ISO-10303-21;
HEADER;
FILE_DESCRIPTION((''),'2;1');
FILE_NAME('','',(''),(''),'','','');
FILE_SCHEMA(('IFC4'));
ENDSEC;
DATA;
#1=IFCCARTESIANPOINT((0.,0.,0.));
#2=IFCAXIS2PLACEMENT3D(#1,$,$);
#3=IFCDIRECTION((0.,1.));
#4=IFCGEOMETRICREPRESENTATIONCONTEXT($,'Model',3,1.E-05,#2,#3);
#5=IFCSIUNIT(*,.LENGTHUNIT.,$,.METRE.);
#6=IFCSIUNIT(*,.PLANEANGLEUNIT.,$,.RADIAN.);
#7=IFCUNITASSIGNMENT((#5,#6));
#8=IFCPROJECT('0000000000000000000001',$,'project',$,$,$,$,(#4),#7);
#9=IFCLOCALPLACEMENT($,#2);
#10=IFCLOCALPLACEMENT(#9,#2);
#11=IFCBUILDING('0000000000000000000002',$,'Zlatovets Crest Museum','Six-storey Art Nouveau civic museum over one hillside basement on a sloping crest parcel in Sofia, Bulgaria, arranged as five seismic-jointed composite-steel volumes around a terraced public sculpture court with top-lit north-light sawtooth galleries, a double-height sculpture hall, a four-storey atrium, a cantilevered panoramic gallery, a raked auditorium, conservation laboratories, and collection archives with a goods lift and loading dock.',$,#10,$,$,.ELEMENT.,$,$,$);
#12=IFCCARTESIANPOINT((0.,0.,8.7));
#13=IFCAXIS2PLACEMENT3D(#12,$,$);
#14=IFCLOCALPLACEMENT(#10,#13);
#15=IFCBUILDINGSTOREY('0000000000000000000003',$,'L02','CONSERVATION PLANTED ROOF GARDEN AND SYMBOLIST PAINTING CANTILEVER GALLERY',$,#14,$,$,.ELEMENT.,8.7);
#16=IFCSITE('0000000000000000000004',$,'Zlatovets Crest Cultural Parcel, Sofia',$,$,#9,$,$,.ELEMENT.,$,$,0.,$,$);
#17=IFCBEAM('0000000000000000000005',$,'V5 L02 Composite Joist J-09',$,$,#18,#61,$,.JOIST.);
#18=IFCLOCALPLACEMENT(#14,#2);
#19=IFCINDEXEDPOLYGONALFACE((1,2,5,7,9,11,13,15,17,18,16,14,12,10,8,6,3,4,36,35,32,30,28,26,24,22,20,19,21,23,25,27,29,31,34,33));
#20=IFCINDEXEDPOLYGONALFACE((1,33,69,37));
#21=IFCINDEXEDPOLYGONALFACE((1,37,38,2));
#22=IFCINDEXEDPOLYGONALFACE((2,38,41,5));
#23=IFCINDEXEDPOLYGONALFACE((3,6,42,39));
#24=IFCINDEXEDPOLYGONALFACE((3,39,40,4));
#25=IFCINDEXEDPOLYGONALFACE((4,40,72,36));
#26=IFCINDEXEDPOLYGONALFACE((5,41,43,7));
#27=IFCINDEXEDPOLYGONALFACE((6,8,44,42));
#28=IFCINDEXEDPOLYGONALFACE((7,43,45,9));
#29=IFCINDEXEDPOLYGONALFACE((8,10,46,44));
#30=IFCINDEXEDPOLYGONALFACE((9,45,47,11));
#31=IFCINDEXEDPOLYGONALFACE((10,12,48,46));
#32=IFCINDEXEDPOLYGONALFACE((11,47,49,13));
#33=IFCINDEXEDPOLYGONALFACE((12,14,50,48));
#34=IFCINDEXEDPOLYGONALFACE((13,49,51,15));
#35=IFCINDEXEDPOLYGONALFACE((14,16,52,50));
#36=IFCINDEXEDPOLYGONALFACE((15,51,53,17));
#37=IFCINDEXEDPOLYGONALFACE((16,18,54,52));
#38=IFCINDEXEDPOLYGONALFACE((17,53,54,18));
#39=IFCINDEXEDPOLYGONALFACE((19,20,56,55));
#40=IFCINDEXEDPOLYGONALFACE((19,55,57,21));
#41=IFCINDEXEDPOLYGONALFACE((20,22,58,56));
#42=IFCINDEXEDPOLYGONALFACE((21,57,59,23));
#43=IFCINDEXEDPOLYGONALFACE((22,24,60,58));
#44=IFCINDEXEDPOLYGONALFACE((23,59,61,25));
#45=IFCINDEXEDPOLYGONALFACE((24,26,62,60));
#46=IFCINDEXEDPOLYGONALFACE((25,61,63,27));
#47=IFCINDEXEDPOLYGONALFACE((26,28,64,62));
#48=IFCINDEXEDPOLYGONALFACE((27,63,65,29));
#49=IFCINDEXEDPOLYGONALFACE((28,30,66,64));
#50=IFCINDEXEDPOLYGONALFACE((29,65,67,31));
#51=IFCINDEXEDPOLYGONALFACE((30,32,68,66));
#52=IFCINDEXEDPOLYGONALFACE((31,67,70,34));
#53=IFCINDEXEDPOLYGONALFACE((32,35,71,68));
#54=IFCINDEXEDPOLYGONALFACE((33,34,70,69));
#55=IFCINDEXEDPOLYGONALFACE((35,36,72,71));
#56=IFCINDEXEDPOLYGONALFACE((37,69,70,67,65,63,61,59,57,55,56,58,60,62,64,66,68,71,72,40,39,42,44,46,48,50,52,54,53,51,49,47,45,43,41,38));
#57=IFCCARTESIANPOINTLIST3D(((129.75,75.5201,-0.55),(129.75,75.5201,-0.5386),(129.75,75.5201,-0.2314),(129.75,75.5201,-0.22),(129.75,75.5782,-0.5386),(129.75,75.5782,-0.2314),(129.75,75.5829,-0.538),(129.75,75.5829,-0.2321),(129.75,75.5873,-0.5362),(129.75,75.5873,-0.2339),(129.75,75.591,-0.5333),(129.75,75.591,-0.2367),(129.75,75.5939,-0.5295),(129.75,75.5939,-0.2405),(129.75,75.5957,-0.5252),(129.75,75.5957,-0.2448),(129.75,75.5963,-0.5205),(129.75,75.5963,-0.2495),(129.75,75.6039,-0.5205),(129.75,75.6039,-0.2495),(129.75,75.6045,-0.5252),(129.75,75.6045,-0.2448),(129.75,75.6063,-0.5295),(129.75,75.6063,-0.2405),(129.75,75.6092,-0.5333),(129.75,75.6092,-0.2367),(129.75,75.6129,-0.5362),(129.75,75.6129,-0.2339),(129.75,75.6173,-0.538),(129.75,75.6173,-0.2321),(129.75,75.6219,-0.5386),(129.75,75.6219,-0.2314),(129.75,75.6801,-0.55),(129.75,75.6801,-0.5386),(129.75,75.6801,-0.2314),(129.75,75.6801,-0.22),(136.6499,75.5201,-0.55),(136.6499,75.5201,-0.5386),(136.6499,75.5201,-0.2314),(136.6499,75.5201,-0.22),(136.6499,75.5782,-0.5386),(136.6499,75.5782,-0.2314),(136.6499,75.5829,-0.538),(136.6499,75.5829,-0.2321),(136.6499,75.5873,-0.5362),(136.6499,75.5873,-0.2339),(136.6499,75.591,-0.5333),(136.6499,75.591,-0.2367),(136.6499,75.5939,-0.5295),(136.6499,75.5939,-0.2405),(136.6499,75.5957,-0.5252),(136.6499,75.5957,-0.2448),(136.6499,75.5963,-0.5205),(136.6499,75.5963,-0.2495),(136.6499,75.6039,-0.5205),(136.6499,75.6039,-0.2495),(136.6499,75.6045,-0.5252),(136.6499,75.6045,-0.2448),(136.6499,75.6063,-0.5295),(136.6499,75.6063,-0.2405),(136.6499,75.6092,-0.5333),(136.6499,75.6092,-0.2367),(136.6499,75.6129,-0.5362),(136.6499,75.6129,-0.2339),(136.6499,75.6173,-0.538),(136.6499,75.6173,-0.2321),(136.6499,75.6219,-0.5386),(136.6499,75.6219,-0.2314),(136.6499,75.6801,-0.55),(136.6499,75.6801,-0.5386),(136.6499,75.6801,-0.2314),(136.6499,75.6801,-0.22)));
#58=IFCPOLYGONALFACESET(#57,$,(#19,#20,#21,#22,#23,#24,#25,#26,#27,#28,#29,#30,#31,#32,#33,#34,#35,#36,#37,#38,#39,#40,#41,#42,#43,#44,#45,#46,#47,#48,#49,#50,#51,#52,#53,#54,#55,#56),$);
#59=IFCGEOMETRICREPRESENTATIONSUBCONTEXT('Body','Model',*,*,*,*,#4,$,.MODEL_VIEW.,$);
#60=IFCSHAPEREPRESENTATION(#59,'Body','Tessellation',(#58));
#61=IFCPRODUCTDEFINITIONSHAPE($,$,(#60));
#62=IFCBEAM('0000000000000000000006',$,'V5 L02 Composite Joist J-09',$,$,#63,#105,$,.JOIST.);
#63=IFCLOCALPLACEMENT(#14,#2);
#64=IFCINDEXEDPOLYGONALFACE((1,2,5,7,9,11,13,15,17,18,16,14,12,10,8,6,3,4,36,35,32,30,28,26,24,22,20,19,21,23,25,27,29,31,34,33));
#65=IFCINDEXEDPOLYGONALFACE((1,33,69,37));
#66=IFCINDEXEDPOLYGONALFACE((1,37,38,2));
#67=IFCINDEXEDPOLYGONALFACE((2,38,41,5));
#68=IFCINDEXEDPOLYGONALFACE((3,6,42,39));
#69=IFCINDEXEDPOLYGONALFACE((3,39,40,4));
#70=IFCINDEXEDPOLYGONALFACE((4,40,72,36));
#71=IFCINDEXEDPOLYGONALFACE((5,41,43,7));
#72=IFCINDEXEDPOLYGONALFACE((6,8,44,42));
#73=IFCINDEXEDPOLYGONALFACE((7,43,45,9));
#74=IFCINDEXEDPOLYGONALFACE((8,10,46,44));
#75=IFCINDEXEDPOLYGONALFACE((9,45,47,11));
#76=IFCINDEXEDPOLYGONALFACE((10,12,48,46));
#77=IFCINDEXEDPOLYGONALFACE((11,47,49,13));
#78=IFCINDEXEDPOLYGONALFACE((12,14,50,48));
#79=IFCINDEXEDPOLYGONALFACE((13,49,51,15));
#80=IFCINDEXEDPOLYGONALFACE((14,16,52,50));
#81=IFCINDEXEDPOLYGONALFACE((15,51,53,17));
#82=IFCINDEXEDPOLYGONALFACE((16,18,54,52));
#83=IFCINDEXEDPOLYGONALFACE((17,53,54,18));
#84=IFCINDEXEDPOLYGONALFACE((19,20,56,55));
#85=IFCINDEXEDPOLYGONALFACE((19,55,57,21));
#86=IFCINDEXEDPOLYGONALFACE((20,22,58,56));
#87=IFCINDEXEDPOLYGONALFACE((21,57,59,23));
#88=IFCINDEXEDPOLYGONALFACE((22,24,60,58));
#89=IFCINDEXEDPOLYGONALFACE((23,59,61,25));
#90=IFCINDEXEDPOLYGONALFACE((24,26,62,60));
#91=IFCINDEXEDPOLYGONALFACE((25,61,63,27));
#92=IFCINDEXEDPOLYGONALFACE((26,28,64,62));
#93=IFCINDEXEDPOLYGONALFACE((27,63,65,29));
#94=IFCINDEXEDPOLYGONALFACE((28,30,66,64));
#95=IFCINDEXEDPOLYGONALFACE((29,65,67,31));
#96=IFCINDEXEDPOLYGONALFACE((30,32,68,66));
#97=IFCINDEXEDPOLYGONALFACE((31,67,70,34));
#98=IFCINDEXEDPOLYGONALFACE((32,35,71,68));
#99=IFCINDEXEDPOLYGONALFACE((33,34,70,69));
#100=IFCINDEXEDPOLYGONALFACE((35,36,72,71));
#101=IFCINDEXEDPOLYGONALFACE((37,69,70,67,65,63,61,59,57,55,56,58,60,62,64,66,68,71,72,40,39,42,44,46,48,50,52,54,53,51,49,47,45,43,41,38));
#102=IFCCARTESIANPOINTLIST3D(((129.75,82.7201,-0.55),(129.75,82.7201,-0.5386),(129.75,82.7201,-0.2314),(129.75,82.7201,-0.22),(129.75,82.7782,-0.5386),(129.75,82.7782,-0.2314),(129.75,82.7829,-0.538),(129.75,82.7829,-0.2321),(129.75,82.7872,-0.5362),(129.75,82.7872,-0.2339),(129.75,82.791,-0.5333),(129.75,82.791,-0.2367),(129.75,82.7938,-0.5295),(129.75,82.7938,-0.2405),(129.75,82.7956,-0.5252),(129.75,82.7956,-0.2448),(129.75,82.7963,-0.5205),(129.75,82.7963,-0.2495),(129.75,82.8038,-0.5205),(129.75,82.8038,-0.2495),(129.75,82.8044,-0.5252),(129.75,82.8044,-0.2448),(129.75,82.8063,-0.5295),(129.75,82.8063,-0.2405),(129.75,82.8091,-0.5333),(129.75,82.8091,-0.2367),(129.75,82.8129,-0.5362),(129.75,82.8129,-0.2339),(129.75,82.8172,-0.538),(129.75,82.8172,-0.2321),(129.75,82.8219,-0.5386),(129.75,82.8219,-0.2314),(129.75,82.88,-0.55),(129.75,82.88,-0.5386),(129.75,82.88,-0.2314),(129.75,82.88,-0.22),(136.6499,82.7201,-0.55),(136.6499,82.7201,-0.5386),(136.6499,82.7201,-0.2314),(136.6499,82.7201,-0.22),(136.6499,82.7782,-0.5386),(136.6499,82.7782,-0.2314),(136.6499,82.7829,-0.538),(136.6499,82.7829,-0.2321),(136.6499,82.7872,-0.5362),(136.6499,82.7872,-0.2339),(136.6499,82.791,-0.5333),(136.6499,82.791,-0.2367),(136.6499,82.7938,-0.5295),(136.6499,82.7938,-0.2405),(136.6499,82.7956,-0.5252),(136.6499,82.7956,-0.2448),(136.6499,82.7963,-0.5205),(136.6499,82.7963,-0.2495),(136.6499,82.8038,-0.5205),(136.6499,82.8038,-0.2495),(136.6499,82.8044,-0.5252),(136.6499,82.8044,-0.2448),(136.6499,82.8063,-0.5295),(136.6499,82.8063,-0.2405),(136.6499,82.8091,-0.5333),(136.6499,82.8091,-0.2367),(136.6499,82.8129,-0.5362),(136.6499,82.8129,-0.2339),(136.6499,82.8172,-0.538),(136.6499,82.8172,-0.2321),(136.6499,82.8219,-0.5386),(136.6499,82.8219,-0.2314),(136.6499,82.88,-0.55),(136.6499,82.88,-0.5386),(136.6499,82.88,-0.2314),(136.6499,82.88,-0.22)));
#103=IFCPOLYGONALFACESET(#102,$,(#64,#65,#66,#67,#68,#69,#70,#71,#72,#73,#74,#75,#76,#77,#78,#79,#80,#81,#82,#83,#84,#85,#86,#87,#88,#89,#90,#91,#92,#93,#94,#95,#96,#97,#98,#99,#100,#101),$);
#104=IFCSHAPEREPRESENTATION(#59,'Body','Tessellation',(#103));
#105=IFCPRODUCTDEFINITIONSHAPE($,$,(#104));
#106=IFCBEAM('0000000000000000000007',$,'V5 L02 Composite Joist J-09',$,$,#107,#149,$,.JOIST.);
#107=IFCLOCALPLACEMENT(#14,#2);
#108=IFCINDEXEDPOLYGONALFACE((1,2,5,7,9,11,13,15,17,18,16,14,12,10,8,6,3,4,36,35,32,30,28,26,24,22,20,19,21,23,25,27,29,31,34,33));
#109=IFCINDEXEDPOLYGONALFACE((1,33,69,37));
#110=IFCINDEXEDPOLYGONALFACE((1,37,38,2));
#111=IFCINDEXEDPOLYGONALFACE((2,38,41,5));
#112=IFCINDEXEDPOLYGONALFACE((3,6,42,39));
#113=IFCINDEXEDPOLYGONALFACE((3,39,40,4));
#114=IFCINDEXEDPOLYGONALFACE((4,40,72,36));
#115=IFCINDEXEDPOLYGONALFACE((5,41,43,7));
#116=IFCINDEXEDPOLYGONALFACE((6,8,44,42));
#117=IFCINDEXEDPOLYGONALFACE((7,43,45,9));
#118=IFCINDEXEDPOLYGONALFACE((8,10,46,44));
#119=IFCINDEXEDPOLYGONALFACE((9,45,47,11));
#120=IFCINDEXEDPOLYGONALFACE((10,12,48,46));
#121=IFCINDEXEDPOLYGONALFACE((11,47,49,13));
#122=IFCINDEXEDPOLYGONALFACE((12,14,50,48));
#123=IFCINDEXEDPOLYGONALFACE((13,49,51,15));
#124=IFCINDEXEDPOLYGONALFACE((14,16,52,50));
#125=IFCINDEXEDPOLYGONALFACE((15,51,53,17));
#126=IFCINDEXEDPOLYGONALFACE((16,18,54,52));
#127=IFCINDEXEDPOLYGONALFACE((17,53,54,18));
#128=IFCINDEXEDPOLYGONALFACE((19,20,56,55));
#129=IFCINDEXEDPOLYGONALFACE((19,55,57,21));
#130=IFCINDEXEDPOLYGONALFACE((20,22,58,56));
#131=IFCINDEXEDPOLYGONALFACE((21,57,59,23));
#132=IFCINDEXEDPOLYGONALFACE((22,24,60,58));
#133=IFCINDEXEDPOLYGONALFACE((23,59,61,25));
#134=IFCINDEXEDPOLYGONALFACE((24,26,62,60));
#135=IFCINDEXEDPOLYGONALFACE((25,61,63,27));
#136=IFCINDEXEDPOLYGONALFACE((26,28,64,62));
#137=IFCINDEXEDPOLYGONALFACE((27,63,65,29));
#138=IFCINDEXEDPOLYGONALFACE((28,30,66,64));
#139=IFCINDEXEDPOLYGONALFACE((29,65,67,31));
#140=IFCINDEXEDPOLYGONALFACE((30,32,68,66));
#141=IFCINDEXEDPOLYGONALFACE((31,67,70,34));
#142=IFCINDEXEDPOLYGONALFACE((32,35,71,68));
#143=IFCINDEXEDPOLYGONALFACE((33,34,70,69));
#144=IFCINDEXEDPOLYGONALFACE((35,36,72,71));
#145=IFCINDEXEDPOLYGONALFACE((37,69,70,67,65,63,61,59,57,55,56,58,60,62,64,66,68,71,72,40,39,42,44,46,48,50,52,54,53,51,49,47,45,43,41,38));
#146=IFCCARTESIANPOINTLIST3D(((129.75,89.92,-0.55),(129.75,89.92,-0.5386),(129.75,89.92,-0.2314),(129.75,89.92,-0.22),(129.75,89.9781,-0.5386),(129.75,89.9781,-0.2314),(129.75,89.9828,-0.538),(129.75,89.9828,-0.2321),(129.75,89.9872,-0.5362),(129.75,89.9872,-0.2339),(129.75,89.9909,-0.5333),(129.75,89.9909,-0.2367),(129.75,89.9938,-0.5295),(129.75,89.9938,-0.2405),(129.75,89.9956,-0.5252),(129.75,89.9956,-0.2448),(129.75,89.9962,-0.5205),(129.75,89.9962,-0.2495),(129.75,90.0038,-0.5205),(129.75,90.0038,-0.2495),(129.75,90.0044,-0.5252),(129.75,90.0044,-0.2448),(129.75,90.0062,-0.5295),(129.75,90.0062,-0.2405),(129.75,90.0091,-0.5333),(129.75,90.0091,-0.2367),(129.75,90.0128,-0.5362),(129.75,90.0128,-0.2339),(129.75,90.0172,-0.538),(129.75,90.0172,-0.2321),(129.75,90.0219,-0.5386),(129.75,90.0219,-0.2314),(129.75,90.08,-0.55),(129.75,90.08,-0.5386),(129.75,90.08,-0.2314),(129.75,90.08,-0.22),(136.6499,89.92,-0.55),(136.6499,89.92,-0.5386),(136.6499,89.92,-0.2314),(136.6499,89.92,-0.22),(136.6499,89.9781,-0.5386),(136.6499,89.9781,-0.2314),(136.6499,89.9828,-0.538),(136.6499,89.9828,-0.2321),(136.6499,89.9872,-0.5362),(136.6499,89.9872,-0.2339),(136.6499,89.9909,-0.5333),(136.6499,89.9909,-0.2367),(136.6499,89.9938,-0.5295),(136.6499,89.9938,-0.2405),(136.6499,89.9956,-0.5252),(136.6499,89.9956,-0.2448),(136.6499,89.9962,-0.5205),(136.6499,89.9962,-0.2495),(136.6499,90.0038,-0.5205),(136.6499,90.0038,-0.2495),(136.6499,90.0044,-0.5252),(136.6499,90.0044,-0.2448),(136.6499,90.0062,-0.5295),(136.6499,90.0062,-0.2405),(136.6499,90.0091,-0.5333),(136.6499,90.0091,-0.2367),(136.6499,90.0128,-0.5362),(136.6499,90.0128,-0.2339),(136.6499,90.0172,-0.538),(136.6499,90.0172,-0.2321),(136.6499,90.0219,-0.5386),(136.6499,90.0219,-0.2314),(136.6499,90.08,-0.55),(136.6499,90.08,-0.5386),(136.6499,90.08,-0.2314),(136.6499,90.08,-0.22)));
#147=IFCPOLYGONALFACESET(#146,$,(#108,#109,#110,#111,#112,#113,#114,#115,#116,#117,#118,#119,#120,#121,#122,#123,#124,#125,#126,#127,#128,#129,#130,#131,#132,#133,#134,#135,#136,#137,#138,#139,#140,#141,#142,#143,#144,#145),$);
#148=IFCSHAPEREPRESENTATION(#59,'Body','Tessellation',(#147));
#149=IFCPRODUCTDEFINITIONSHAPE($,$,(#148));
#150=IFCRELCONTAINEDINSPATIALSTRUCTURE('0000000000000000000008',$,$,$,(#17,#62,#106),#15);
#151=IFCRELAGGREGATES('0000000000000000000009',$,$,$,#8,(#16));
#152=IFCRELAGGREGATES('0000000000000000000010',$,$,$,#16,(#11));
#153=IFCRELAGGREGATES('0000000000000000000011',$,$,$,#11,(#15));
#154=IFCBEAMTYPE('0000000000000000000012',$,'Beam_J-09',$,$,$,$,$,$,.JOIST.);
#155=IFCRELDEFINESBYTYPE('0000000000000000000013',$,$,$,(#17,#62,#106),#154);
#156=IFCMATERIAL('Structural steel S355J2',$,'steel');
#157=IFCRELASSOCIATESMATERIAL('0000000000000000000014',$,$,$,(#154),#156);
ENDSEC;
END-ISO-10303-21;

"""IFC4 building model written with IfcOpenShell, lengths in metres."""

from ifc_helpers import new_model, si_unit, direction, frame, origin, origin_2d, place, context, subcontext, project, spatial, i_section, extrude, material, material_profile, profile_set, type_object, element, save


model = new_model("IFC4")

# Units and contexts
model_context = context("Model", 3, precision=1e-05, world=origin(), true_north=direction((0.0, 1.0)))
body_context = subcontext(model_context, "Body", "Model", "MODEL_VIEW")
ifc_project = project(units=[si_unit("LENGTHUNIT", "METRE"), si_unit("PLANEANGLEUNIT", "RADIAN")], contexts=[model_context])

# Site, building, storey
site_placement = place(None, origin())
site = spatial("IfcSite", under=ifc_project, at=site_placement, Name="Zlatovets Crest Cultural Parcel, Sofia", CompositionType="ELEMENT", RefElevation=0.0)
building_placement = place(site_placement, origin())
building = spatial("IfcBuilding", under=site, at=building_placement, Name="Zlatovets Crest Museum", Description="Six-storey Art Nouveau civic museum over one hillside basement on a sloping crest parcel in Sofia, Bulgaria, arranged as five seismic-jointed composite-steel volumes around a terraced public sculpture court with top-lit north-light sawtooth galleries, a double-height sculpture hall, a four-storey atrium, a cantilevered panoramic gallery, a raked auditorium, conservation laboratories, and collection archives with a goods lift and loading dock.", CompositionType="ELEMENT")
storey_placement = place(building_placement, frame((0.0, 0.0, 8.7)))
storey = spatial("IfcBuildingStorey", under=building, at=storey_placement, Name="L02", Description="CONSERVATION PLANTED ROOF GARDEN AND SYMBOLIST PAINTING CANTILEVER GALLERY", CompositionType="ELEMENT", Elevation=8.7)

# Shared definitions
ifc_material_1 = material(Name="Structural steel S355J2", Category="steel")

# Beams
ifc_material_profile_1 = material_profile(ifc_material_1, i_section(OverallWidth=0.1599, OverallDepth=0.3301, WebThickness=0.0076, FlangeThickness=0.0115, FilletRadius=0.0181, at=origin_2d()), Name="IPE 330")
ifc_profile_set_1 = profile_set([ifc_material_profile_1], Name="Structural steel S355J2")
beam_type_1 = type_object("IfcBeamType", Name="Beam_J-09", PredefinedType="JOIST", material=ifc_profile_set_1)
for number, where, z_axis, x_axis, name in (
    (1, (129.75, 75.6001, -0.385), (1.0, 0.0, 0.0), (0.0, 1.0, 0.0), "V5 L02 Composite Joist J-09"),
    (2, (129.75, 82.8, -0.385), (1.0, 0.0, 0.0), (0.0, 1.0, 0.0), "V5 L02 Composite Joist J-09"),
    (3, (129.75, 90.0, -0.385), (1.0, 0.0, 0.0), (0.0, 1.0, 0.0), "V5 L02 Composite Joist J-09"),
):
    element("IfcBeam", number, at=place(storey_placement, frame(where, z_axis=z_axis, x_axis=x_axis)), inside=storey, type_object=beam_type_1, Name=name, PredefinedType="JOIST", context=body_context, shape_type="SweptSolid", body=[
        extrude(i_section(OverallWidth=0.1599, OverallDepth=0.3301, WebThickness=0.0076, FlangeThickness=0.0115, FilletRadius=0.0181, at=origin_2d()), origin(), (0.0, 0.0, 1.0), 6.8999),
    ])

save(model, "model.ifc")
